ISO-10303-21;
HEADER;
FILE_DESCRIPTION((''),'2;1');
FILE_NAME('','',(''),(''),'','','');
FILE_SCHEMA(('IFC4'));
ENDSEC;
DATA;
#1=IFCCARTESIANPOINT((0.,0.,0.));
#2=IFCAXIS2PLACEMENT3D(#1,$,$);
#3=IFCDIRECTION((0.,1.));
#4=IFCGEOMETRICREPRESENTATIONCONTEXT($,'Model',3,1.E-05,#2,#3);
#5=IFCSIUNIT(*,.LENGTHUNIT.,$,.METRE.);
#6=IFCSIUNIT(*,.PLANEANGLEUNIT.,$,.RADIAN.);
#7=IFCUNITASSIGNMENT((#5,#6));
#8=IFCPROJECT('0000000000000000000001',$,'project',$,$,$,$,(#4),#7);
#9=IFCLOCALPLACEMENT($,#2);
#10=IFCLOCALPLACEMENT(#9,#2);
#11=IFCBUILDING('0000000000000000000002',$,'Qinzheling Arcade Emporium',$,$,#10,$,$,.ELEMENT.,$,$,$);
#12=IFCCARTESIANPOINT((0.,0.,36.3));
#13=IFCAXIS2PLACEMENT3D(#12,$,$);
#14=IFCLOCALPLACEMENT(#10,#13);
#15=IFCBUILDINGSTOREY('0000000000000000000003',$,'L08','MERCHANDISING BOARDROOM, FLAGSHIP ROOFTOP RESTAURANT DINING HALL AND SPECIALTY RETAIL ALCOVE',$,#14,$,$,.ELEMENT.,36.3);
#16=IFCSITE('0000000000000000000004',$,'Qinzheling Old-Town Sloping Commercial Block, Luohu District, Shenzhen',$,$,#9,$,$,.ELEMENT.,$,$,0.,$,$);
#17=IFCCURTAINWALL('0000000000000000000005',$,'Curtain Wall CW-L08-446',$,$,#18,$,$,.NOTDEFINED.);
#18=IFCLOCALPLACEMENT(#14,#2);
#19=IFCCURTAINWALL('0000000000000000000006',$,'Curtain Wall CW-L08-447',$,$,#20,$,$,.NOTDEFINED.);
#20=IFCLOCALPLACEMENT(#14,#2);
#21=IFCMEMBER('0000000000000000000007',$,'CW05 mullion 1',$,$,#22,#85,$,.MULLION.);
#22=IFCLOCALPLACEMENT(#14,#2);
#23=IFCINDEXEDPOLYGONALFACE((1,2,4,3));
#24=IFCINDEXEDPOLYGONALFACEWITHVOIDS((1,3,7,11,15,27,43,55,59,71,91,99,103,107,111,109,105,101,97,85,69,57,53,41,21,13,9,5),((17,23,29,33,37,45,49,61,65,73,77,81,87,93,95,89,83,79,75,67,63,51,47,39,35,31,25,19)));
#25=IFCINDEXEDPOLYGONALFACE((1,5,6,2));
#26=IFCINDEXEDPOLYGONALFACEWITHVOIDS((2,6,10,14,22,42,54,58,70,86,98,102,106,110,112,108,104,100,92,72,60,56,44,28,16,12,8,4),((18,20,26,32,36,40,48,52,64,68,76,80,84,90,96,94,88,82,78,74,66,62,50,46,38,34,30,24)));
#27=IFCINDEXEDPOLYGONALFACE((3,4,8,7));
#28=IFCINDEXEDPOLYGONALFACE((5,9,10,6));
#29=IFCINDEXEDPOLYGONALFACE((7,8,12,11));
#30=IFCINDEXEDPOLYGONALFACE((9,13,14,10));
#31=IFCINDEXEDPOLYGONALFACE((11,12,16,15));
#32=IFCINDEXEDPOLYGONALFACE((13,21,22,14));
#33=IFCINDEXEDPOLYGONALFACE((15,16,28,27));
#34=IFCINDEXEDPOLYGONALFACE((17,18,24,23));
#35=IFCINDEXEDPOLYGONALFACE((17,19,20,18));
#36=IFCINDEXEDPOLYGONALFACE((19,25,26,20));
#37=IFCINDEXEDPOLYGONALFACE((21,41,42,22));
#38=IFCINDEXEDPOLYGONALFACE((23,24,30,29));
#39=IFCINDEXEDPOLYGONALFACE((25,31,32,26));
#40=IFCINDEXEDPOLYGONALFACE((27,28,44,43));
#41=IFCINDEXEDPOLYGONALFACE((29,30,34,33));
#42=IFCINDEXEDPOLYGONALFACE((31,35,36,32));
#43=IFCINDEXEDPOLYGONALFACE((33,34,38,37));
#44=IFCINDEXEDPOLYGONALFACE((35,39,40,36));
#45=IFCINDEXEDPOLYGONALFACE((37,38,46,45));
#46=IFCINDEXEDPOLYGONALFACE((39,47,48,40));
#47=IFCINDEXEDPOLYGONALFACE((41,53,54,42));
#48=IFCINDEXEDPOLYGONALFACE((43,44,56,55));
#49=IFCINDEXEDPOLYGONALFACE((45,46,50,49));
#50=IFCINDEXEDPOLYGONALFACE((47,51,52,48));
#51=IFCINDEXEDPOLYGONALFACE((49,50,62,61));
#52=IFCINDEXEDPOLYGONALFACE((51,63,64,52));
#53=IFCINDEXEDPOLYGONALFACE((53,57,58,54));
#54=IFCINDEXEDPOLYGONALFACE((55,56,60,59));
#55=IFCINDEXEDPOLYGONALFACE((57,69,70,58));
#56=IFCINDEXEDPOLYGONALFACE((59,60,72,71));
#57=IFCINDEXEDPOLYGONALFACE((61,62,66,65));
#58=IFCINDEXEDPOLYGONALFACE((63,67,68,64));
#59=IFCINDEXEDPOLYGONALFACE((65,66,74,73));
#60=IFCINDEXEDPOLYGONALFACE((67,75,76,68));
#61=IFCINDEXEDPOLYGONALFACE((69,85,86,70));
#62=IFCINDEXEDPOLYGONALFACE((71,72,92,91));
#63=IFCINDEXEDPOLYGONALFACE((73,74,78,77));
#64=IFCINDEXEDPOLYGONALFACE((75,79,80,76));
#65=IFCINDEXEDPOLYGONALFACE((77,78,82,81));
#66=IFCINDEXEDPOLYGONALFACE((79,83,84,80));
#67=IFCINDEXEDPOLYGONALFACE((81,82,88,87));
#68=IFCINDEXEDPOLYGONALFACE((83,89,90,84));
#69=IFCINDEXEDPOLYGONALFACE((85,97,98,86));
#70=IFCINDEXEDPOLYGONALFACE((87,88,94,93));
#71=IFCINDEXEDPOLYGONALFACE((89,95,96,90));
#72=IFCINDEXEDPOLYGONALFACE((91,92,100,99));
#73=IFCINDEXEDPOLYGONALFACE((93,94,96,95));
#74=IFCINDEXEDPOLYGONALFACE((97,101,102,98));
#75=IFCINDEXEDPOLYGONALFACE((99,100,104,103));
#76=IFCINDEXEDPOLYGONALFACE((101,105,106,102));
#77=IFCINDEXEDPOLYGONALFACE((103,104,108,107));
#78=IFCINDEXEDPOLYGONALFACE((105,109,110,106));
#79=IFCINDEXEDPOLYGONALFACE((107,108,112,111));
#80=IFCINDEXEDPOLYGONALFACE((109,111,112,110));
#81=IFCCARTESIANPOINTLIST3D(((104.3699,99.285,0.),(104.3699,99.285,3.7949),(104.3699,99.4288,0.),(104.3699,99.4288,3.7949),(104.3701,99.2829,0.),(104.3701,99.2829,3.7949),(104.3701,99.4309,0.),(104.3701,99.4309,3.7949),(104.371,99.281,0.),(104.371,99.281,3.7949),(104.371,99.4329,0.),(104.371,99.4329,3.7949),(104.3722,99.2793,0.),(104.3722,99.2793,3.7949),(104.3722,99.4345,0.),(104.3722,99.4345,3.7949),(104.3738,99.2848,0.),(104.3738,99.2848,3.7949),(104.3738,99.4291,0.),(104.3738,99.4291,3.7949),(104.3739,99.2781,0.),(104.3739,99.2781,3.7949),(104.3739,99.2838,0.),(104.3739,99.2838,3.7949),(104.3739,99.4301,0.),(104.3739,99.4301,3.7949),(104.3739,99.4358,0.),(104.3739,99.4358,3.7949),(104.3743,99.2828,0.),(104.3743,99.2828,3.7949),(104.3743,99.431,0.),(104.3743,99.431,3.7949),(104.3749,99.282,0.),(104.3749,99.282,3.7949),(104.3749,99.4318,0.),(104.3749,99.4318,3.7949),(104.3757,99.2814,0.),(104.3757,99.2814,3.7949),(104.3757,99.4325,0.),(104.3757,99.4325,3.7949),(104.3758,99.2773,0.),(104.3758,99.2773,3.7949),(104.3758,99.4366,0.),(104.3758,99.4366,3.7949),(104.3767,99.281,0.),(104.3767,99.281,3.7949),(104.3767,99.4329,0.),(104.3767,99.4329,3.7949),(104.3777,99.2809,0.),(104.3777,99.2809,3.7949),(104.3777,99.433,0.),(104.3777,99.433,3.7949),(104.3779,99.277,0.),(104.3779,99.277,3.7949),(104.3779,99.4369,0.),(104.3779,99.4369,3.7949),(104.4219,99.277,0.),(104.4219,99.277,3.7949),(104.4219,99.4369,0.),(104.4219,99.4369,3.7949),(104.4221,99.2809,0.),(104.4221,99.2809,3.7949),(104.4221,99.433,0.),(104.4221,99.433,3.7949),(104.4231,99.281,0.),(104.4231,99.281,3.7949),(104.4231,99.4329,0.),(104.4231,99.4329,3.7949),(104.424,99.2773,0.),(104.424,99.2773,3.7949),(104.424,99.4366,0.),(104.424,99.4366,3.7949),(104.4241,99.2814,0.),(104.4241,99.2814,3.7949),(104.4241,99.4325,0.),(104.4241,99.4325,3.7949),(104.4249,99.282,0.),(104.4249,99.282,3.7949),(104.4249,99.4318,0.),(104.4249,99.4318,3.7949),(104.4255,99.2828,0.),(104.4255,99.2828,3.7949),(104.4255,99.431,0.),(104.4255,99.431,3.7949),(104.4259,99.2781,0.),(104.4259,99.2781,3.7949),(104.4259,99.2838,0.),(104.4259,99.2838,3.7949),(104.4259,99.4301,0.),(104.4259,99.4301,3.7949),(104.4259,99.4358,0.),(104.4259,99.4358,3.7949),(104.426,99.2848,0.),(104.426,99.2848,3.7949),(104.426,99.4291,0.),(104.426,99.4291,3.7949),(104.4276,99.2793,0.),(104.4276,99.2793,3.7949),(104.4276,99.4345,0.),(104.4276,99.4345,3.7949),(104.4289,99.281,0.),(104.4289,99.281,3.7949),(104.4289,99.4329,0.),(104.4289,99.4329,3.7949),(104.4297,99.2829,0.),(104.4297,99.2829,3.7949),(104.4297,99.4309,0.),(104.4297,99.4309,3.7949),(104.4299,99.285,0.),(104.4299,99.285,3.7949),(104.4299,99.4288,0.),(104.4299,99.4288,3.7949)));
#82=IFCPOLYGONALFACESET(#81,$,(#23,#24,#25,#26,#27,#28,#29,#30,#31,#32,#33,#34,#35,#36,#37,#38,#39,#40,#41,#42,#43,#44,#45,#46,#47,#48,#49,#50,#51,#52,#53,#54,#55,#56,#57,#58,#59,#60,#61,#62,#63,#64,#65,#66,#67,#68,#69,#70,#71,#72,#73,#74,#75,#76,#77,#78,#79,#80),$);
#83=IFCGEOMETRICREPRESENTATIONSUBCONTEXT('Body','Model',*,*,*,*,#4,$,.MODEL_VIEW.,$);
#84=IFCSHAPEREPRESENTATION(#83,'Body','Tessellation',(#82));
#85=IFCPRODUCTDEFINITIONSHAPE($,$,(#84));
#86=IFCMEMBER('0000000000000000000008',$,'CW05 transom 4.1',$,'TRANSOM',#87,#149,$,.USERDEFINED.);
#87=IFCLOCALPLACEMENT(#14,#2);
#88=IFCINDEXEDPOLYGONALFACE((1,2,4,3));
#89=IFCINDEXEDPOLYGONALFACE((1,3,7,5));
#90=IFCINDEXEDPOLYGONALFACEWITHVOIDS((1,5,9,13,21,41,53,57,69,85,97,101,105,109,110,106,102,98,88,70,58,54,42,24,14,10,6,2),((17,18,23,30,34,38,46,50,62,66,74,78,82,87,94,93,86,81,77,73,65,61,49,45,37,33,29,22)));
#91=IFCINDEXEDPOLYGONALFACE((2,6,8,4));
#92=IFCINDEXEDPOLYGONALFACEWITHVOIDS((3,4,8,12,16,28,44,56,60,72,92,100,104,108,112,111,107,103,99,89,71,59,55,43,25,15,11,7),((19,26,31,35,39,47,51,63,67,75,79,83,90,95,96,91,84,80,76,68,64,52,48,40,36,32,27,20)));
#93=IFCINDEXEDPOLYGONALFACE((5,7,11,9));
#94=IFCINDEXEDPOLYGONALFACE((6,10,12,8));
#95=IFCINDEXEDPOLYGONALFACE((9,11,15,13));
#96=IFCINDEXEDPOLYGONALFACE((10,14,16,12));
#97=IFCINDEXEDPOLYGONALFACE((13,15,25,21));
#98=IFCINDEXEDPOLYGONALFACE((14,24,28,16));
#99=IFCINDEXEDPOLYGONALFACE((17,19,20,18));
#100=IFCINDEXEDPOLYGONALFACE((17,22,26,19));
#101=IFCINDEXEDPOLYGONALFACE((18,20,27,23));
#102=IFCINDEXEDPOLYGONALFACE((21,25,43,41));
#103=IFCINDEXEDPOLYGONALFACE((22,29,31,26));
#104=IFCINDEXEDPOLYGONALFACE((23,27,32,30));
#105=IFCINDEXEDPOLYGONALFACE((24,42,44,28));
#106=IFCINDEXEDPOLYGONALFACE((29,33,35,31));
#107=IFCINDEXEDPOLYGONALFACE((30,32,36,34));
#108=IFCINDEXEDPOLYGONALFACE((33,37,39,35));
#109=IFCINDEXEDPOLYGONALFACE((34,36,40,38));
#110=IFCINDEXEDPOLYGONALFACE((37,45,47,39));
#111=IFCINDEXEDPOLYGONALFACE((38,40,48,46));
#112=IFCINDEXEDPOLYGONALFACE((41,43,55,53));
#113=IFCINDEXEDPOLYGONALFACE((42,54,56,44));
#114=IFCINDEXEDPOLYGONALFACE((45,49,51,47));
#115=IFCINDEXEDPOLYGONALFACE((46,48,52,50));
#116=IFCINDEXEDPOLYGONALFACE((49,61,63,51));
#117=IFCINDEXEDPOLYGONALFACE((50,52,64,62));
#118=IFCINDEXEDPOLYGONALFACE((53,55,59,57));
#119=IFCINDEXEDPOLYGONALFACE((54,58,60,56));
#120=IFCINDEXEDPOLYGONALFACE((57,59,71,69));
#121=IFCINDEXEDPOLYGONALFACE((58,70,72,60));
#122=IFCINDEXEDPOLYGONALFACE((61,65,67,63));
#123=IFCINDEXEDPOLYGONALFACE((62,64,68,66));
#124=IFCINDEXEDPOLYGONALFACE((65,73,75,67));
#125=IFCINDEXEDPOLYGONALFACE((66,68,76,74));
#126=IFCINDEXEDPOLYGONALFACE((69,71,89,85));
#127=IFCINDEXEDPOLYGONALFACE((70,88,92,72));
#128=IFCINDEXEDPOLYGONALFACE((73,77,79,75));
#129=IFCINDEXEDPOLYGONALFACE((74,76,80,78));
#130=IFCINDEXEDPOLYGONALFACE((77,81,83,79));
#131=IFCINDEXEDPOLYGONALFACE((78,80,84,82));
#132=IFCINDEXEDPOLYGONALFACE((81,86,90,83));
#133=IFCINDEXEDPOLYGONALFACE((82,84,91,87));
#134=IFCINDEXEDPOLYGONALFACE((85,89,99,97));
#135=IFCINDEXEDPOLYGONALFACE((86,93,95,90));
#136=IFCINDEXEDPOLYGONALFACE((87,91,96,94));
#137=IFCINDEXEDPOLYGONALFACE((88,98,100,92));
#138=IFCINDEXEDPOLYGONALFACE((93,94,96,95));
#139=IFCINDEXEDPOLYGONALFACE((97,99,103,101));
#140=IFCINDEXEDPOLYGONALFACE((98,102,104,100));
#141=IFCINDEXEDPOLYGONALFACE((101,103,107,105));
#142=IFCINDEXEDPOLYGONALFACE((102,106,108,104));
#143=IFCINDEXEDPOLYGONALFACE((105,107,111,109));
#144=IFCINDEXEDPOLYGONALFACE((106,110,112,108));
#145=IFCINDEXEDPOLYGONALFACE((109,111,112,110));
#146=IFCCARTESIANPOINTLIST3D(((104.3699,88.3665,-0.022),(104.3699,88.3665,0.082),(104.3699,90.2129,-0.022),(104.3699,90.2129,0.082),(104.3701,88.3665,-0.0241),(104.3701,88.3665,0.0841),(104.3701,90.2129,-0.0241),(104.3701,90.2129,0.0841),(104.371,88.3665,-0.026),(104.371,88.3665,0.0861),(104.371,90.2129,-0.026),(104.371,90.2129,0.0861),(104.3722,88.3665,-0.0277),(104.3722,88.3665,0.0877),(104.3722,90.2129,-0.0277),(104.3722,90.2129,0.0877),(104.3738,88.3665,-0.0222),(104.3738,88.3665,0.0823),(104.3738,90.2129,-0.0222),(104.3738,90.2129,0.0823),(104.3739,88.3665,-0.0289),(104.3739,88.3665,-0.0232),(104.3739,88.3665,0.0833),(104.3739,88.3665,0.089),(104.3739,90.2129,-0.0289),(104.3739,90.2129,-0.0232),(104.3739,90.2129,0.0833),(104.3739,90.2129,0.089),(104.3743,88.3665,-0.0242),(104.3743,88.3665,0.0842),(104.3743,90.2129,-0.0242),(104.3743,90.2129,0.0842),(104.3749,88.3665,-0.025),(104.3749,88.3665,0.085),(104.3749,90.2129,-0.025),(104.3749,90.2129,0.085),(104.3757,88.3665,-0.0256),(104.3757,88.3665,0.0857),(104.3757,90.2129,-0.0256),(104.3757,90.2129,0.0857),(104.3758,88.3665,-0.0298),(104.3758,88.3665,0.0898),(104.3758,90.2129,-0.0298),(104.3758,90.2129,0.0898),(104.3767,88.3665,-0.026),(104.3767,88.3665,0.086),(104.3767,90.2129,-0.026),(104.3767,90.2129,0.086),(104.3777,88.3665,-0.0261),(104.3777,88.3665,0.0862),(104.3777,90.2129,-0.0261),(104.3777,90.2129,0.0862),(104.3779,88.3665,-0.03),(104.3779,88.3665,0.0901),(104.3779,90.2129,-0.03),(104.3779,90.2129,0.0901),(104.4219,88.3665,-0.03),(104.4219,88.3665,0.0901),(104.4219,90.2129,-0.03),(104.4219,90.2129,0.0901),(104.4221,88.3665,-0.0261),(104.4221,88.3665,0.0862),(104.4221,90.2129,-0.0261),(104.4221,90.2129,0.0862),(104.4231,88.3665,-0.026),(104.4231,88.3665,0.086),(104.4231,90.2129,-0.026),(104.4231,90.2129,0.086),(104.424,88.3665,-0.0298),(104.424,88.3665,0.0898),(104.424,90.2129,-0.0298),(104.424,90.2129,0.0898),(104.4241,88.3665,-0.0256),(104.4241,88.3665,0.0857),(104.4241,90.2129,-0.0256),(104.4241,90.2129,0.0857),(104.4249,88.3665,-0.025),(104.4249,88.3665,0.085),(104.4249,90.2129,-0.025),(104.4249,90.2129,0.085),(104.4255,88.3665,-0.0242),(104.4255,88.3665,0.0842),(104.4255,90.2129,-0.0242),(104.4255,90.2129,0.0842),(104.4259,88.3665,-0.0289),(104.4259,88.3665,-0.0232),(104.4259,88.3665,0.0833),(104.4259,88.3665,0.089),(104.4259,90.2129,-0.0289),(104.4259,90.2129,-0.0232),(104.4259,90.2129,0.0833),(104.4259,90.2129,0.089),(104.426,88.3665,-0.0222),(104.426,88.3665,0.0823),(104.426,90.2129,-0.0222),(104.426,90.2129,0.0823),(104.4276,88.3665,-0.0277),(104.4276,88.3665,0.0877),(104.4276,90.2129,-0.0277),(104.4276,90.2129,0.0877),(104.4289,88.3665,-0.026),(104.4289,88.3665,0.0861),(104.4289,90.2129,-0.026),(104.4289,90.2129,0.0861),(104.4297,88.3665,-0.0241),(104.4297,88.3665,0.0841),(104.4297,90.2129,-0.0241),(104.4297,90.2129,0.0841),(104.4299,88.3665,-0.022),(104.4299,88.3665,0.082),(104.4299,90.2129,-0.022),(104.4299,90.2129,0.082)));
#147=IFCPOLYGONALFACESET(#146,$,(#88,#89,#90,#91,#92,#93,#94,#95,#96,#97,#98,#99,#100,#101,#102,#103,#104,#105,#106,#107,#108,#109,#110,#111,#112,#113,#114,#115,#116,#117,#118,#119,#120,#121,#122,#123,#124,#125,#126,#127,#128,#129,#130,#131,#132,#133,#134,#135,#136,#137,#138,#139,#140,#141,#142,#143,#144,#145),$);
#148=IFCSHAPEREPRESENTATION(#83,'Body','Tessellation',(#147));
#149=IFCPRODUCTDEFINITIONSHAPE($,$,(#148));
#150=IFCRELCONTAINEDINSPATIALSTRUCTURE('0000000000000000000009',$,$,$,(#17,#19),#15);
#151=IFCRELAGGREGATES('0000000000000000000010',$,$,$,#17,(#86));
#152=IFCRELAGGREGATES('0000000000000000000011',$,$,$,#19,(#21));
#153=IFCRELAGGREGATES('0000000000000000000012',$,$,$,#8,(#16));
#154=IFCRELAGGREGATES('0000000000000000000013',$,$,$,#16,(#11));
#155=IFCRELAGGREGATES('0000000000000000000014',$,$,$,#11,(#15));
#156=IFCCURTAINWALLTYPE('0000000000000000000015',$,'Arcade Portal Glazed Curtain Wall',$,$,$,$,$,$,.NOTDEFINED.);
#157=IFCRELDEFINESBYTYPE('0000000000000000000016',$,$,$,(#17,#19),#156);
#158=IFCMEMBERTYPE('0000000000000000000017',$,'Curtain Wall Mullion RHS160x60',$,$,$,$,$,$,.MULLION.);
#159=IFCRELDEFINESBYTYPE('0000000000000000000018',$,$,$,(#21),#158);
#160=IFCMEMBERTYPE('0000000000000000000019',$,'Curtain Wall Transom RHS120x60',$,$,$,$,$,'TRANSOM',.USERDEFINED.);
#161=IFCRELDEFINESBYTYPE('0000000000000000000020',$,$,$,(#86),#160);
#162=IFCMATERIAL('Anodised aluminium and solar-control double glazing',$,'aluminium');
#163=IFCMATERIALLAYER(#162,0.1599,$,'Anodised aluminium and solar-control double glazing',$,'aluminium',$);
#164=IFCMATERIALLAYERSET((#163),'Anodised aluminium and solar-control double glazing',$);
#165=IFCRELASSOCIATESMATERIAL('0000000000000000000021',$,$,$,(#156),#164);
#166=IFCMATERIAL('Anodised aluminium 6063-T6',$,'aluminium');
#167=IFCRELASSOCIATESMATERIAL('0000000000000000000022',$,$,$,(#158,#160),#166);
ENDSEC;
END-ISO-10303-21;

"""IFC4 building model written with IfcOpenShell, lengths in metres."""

from ifc_helpers import new_model, si_unit, direction, frame, origin, origin_2d, place, context, subcontext, project, spatial, hollow_rectangle, extrude, material, layer, layer_set, material_profile, profile_set, type_object, element, aggregate, save


model = new_model("IFC4")

# Units and contexts
model_context = context("Model", 3, precision=1e-05, world=origin(), true_north=direction((0.0, 1.0)))
body_context = subcontext(model_context, "Body", "Model", "MODEL_VIEW")
ifc_project = project(units=[si_unit("LENGTHUNIT", "METRE"), si_unit("PLANEANGLEUNIT", "RADIAN")], contexts=[model_context])

# Site, building, storey
site_placement = place(None, origin())
site = spatial("IfcSite", under=ifc_project, at=site_placement, Name="Qinzheling Old-Town Sloping Commercial Block, Luohu District, Shenzhen", CompositionType="ELEMENT", RefElevation=0.0)
building_placement = place(site_placement, origin())
building = spatial("IfcBuilding", under=site, at=building_placement, Name="Qinzheling Arcade Emporium", CompositionType="ELEMENT")
storey_placement = place(building_placement, frame((0.0, 0.0, 36.3)))
storey = spatial("IfcBuildingStorey", under=building, at=storey_placement, Name="L08", Description="MERCHANDISING BOARDROOM, FLAGSHIP ROOFTOP RESTAURANT DINING HALL AND SPECIALTY RETAIL ALCOVE", CompositionType="ELEMENT", Elevation=36.3)

# Curtain wall
ifc_material_1 = material(Name="Anodised aluminium and solar-control double glazing", Category="aluminium")
ifc_layer_1 = layer(ifc_material_1, 0.1599, Name="Anodised aluminium and solar-control double glazing", Category="aluminium")
ifc_layer_set_1 = layer_set([ifc_layer_1], Name="Anodised aluminium and solar-control double glazing")
curtain_wall_type = type_object("IfcCurtainWallType", Name="Arcade Portal Glazed Curtain Wall", PredefinedType="NOTDEFINED", material=ifc_layer_set_1)
curtain_wall_1_placement = place(storey_placement, origin())
curtain_wall_1 = element("IfcCurtainWall", 1, at=curtain_wall_1_placement, inside=storey, type_object=curtain_wall_type, Name="Curtain Wall CW-L08-446", PredefinedType="NOTDEFINED")
ifc_material_2 = material(Name="Anodised aluminium 6063-T6", Category="aluminium")
ifc_material_profile_1 = material_profile(ifc_material_2, hollow_rectangle(XDim=0.0601, YDim=0.1599, WallThickness=0.0039, InnerFilletRadius=0.0039, OuterFilletRadius=0.0081, at=origin_2d()), Name="RHS 160x60x4", Category="aluminium")
ifc_profile_set_1 = profile_set([ifc_material_profile_1], Name="Anodised aluminium 6063-T6")
member_type_1 = type_object("IfcMemberType", Name="Curtain Wall Mullion RHS160x60", PredefinedType="MULLION", material=ifc_profile_set_1)

# Curtain wall, member
curtain_wall_2_placement = place(storey_placement, origin())
curtain_wall_2 = element("IfcCurtainWall", 2, at=curtain_wall_2_placement, inside=storey, type_object=curtain_wall_type, Name="Curtain Wall CW-L08-447", PredefinedType="NOTDEFINED")
member_1_placement = place(storey_placement, frame((104.3999, 99.3569, 0.0), z_axis=(0.0, 0.0, 1.0), x_axis=(-1.0, 0.0, 0.0)))
member_1 = element("IfcMember", 3, at=member_1_placement, type_object=member_type_1, Name="CW05 mullion 1", PredefinedType="MULLION", context=body_context, shape_type="SweptSolid", body=[
    extrude(hollow_rectangle(XDim=0.0601, YDim=0.1599, WallThickness=0.0039, InnerFilletRadius=0.0039, OuterFilletRadius=0.0081, at=origin_2d()), origin(), (0.0, 0.0, 1.0), 3.7949),
])

# Member
ifc_material_profile_2 = material_profile(ifc_material_2, hollow_rectangle(XDim=0.0601, YDim=0.1201, WallThickness=0.0039, InnerFilletRadius=0.0039, OuterFilletRadius=0.0081, at=origin_2d()), Name="RHS 120x60x4", Category="aluminium")
ifc_profile_set_2 = profile_set([ifc_material_profile_2], Name="Anodised aluminium 6063-T6")
member_type_2 = type_object("IfcMemberType", Name="Curtain Wall Transom RHS120x60", ElementType="TRANSOM", PredefinedType="USERDEFINED", material=ifc_profile_set_2)
member_2_placement = place(storey_placement, frame((104.3999, 88.3665, 0.03), z_axis=(0.0, 1.0, 0.0), x_axis=(-1.0, 0.0, 0.0)))
member_2 = element("IfcMember", 4, at=member_2_placement, type_object=member_type_2, Name="CW05 transom 4.1", ObjectType="TRANSOM", PredefinedType="USERDEFINED", context=body_context, shape_type="SweptSolid", body=[
    extrude(hollow_rectangle(XDim=0.0601, YDim=0.1201, WallThickness=0.0039, InnerFilletRadius=0.0039, OuterFilletRadius=0.0081, at=origin_2d()), origin(), (0.0, 0.0, 1.0), 1.8464),
])

aggregate(curtain_wall_1, [member_2])
aggregate(curtain_wall_2, [member_1])

save(model, "model.ifc")
